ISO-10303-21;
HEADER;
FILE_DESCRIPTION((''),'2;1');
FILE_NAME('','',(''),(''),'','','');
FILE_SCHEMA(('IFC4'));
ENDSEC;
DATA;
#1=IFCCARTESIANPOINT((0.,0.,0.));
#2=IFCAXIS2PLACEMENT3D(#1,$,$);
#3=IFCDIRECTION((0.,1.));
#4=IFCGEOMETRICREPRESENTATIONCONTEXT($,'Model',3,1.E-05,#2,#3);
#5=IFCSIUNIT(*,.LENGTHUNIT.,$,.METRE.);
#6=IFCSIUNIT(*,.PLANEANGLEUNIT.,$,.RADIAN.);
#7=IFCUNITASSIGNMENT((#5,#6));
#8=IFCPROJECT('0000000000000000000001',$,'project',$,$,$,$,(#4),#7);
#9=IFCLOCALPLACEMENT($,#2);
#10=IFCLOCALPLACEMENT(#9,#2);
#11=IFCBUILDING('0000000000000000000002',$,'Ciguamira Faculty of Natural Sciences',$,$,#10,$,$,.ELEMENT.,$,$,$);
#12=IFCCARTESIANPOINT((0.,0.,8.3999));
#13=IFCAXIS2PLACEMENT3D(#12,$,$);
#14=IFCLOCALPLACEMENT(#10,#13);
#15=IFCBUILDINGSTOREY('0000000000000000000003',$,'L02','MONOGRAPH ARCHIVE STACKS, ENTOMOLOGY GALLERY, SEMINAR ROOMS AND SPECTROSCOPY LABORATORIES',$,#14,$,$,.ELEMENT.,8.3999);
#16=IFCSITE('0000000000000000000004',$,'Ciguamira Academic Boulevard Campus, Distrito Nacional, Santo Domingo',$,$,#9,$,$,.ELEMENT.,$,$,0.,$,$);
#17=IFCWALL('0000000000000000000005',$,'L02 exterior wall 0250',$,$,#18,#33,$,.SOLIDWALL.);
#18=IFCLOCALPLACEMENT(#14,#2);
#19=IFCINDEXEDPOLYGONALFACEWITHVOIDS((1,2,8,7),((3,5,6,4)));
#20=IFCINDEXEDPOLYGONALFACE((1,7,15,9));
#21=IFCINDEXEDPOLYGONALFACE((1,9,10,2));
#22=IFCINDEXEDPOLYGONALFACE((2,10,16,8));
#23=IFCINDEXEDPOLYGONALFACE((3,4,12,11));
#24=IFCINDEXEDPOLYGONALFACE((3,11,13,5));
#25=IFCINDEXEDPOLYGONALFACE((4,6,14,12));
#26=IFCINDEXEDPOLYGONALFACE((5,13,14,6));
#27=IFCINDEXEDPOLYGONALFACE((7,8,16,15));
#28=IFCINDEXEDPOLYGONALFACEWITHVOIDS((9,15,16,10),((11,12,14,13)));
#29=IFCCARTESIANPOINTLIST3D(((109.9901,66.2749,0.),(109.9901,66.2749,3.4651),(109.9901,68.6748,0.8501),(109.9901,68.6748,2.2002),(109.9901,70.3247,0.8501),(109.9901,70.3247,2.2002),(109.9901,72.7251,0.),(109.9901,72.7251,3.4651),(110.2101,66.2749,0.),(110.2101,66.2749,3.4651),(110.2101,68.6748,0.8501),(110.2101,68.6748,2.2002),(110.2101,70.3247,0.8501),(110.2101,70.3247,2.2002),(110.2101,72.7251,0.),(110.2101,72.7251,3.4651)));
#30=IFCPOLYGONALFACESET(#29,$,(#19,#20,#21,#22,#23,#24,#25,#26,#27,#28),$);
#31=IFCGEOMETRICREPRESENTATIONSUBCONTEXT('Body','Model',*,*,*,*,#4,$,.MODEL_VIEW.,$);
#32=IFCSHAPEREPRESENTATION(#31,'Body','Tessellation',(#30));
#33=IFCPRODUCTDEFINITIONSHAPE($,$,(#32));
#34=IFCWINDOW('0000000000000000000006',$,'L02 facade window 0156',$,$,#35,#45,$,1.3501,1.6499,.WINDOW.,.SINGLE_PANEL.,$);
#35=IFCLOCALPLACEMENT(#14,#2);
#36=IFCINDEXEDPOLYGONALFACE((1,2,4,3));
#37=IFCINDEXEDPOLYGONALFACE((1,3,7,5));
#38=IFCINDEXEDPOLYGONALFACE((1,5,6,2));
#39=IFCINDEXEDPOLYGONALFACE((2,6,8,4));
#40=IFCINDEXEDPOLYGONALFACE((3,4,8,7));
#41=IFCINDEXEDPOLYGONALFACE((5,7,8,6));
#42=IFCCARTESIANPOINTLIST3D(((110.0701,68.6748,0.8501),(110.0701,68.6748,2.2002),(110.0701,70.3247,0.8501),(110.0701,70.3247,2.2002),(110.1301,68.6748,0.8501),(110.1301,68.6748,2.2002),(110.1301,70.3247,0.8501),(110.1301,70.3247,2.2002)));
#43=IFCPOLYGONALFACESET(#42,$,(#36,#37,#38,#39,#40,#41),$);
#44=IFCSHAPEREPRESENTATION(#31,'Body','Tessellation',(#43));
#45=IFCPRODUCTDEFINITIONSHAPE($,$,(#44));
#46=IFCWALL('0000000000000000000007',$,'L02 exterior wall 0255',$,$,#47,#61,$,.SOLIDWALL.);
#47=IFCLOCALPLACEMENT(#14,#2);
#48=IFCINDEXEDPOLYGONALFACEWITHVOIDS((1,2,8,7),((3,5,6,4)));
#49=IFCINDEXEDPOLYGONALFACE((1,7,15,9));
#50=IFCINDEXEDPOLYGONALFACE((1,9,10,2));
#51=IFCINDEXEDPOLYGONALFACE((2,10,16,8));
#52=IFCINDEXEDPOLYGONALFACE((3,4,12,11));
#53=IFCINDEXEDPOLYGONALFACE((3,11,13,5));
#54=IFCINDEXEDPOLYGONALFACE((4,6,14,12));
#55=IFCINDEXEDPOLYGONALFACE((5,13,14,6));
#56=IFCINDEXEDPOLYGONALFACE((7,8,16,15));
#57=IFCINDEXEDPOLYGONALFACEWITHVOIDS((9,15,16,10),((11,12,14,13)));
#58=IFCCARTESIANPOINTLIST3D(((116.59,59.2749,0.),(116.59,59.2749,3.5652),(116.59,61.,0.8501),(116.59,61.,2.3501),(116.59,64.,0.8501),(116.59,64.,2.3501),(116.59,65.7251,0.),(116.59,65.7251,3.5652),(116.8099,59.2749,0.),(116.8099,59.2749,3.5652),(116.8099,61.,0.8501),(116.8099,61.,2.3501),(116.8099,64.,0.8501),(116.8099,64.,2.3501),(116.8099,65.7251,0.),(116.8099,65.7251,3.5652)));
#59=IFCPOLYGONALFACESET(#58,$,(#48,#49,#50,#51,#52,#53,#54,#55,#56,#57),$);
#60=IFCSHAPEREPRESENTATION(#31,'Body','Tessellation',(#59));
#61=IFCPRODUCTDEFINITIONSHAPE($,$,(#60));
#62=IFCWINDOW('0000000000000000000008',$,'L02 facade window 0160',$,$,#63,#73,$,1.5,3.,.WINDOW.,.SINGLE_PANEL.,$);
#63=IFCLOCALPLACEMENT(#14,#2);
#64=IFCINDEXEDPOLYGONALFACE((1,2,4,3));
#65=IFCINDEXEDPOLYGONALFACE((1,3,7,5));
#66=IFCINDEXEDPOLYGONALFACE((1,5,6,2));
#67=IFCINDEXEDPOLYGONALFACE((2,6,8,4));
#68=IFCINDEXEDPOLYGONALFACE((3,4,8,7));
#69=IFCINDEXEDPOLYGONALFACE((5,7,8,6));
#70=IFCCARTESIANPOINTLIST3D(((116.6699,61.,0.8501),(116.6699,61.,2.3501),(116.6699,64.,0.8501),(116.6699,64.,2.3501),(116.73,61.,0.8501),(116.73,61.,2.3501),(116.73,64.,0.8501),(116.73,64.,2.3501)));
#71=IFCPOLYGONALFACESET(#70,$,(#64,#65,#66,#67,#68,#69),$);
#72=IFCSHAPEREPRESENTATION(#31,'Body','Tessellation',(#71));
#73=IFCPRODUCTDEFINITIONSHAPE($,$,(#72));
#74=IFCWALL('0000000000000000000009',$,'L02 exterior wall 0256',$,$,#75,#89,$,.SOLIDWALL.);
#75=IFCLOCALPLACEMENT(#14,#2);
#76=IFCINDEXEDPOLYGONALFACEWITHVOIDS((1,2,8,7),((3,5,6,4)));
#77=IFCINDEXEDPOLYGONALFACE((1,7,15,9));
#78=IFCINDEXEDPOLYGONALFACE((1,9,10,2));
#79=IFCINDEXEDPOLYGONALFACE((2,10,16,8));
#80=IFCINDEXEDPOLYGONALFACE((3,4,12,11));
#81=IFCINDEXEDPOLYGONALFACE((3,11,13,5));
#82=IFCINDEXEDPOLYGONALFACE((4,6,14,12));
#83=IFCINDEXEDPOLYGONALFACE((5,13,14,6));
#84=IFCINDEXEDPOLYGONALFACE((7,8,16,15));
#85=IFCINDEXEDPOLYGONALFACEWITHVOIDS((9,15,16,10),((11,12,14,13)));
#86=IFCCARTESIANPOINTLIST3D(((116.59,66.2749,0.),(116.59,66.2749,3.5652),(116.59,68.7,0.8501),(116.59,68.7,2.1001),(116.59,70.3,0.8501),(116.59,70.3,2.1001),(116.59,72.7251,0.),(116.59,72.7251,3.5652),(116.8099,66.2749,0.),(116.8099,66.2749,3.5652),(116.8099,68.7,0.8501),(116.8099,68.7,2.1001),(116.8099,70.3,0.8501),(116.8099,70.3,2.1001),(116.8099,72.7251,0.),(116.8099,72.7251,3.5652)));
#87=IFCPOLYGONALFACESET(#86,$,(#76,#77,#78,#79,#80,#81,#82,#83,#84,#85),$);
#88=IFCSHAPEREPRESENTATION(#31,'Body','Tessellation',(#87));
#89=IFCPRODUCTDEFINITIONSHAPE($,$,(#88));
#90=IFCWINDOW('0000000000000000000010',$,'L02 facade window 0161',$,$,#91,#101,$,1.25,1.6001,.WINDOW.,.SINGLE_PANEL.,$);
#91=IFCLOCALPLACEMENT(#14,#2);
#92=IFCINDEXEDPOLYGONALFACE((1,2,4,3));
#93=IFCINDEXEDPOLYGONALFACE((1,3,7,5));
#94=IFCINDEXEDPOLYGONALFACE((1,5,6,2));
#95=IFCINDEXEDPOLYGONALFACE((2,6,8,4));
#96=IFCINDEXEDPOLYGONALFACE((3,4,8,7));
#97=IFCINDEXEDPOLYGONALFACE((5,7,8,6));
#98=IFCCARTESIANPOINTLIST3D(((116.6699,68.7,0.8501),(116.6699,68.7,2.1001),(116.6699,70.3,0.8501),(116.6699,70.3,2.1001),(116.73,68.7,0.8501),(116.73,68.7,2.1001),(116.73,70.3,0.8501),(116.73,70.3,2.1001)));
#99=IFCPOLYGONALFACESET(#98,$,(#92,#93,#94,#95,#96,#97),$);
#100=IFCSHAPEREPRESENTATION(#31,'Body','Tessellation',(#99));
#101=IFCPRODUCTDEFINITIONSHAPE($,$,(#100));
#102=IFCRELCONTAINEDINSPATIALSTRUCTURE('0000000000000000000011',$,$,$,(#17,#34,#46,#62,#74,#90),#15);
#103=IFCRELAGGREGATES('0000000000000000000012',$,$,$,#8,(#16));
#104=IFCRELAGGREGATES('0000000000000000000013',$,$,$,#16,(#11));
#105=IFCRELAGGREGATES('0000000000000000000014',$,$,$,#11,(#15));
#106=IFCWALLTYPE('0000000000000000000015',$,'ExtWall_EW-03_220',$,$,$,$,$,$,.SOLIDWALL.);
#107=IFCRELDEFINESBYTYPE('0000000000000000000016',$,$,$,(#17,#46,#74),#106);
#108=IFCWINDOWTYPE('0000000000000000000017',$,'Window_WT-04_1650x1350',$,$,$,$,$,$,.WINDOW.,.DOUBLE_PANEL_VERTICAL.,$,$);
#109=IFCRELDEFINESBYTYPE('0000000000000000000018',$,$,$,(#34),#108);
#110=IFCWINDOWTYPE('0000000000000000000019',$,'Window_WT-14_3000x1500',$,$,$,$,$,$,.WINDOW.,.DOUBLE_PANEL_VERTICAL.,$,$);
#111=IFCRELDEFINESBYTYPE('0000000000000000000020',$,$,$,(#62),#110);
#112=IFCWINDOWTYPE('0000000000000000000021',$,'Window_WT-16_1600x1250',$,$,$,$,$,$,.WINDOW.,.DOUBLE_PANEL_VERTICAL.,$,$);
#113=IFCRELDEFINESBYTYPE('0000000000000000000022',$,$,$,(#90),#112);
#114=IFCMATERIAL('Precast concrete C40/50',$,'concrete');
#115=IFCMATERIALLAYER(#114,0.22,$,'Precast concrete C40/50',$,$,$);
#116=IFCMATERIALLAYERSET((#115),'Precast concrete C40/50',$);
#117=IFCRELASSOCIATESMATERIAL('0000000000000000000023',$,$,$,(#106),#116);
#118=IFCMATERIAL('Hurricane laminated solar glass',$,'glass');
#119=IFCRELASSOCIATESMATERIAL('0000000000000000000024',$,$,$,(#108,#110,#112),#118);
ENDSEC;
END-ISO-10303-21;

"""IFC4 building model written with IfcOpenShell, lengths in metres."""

from ifc_helpers import new_model, si_unit, direction, frame, frame_2d, origin, place, context, subcontext, project, spatial, rectangle, extrude, material, layer, layer_set, type_object, element, fill, save


model = new_model("IFC4")

# Units and contexts
model_context = context("Model", 3, precision=1e-05, world=origin(), true_north=direction((0.0, 1.0)))
body_context = subcontext(model_context, "Body", "Model", "MODEL_VIEW")
ifc_project = project(units=[si_unit("LENGTHUNIT", "METRE"), si_unit("PLANEANGLEUNIT", "RADIAN")], contexts=[model_context])

# Site, building, storey
site_placement = place(None, origin())
site = spatial("IfcSite", under=ifc_project, at=site_placement, Name="Ciguamira Academic Boulevard Campus, Distrito Nacional, Santo Domingo", CompositionType="ELEMENT", RefElevation=0.0)
building_placement = place(site_placement, origin())
building = spatial("IfcBuilding", under=site, at=building_placement, Name="Ciguamira Faculty of Natural Sciences", CompositionType="ELEMENT")
storey_placement = place(building_placement, frame((0.0, 0.0, 8.3999)))
storey = spatial("IfcBuildingStorey", under=building, at=storey_placement, Name="L02", Description="MONOGRAPH ARCHIVE STACKS, ENTOMOLOGY GALLERY, SEMINAR ROOMS AND SPECTROSCOPY LABORATORIES", CompositionType="ELEMENT", Elevation=8.3999)

# Shared definitions
ifc_material_1 = material(Name="Precast concrete C40/50", Category="concrete")

# Walls, openings, windows
ifc_layer = layer(ifc_material_1, 0.22, Name="Precast concrete C40/50")
ifc_layer_set = layer_set([ifc_layer], Name="Precast concrete C40/50")
wall_type = type_object("IfcWallType", Name="ExtWall_EW-03_220", PredefinedType="SOLIDWALL", material=ifc_layer_set)
ifc_material_2 = material(Name="Hurricane laminated solar glass", Category="glass")
wall_1_placement = place(storey_placement, frame((110.1001, 66.2749, 0.0), z_axis=(0.0, 0.0, 1.0), x_axis=(0.0, 1.0, 0.0)))
wall_1 = element("IfcWall", 1, at=wall_1_placement, inside=storey, type_object=wall_type, Name="L02 exterior wall 0250", PredefinedType="SOLIDWALL", context=body_context, shape_type="SweptSolid", body=[
    extrude(rectangle(XDim=6.4502, YDim=0.22, at=frame_2d((3.2251, 0.0))), origin(), (0.0, 0.0, 1.0), 3.4651),
])
opening_1_placement = place(wall_1_placement, frame((2.3999, 0.0, 0.8501)))
opening_1 = element("IfcOpeningElement", 2, at=opening_1_placement, cuts=wall_1, PredefinedType="OPENING", context=body_context, shape_type="SweptSolid", body=[
    extrude(rectangle(XDim=1.6499, YDim=1.3501, at=frame_2d((0.825, 0.675))), frame((0.0, 0.1199, 0.0), z_axis=(0.0, -1.0, 0.0), x_axis=(1.0, 0.0, 0.0)), (0.0, 0.0, 1.0), 0.24),
])
window_type_1 = type_object("IfcWindowType", Name="Window_WT-04_1650x1350", PartitioningType="DOUBLE_PANEL_VERTICAL", PredefinedType="WINDOW", material=ifc_material_2)
window_1_placement = place(opening_1_placement, origin())
window_1 = element("IfcWindow", 3, at=window_1_placement, inside=storey, type_object=window_type_1, Name="L02 facade window 0156", OverallHeight=1.3501, OverallWidth=1.6499, PartitioningType="SINGLE_PANEL", PredefinedType="WINDOW", context=body_context, shape_type="SweptSolid", body=[
    extrude(rectangle(XDim=1.6499, YDim=1.3501, at=frame_2d((0.825, 0.675))), frame((0.0, 0.03, 0.0), z_axis=(0.0, -1.0, 0.0), x_axis=(1.0, 0.0, 0.0)), (0.0, 0.0, 1.0), 0.0601),
])
fill(opening_1, window_1)
wall_2_placement = place(storey_placement, frame((116.7, 59.2749, 0.0), z_axis=(0.0, 0.0, 1.0), x_axis=(0.0, 1.0, 0.0)))
wall_2 = element("IfcWall", 4, at=wall_2_placement, inside=storey, type_object=wall_type, Name="L02 exterior wall 0255", PredefinedType="SOLIDWALL", context=body_context, shape_type="SweptSolid", body=[
    extrude(rectangle(XDim=6.4502, YDim=0.22, at=frame_2d((3.2251, 0.0))), origin(), (0.0, 0.0, 1.0), 3.5652),
])
opening_2_placement = place(wall_2_placement, frame((1.7251, 0.0, 0.8501)))
opening_2 = element("IfcOpeningElement", 5, at=opening_2_placement, cuts=wall_2, PredefinedType="OPENING", context=body_context, shape_type="SweptSolid", body=[
    extrude(rectangle(XDim=3.0, YDim=1.5, at=frame_2d((1.5, 0.75))), frame((0.0, 0.1199, 0.0), z_axis=(0.0, -1.0, 0.0), x_axis=(1.0, 0.0, 0.0)), (0.0, 0.0, 1.0), 0.24),
])
window_type_2 = type_object("IfcWindowType", Name="Window_WT-14_3000x1500", PartitioningType="DOUBLE_PANEL_VERTICAL", PredefinedType="WINDOW", material=ifc_material_2)
window_2_placement = place(opening_2_placement, origin())
window_2 = element("IfcWindow", 6, at=window_2_placement, inside=storey, type_object=window_type_2, Name="L02 facade window 0160", OverallHeight=1.5, OverallWidth=3.0, PartitioningType="SINGLE_PANEL", PredefinedType="WINDOW", context=body_context, shape_type="SweptSolid", body=[
    extrude(rectangle(XDim=3.0, YDim=1.5, at=frame_2d((1.5, 0.75))), frame((0.0, 0.03, 0.0), z_axis=(0.0, -1.0, 0.0), x_axis=(1.0, 0.0, 0.0)), (0.0, 0.0, 1.0), 0.0601),
])
fill(opening_2, window_2)
wall_3_placement = place(storey_placement, frame((116.7, 66.2749, 0.0), z_axis=(0.0, 0.0, 1.0), x_axis=(0.0, 1.0, 0.0)))
wall_3 = element("IfcWall", 7, at=wall_3_placement, inside=storey, type_object=wall_type, Name="L02 exterior wall 0256", PredefinedType="SOLIDWALL", context=body_context, shape_type="SweptSolid", body=[
    extrude(rectangle(XDim=6.4502, YDim=0.22, at=frame_2d((3.2251, 0.0))), origin(), (0.0, 0.0, 1.0), 3.5652),
])
opening_3_placement = place(wall_3_placement, frame((2.425, 0.0, 0.8501)))
opening_3 = element("IfcOpeningElement", 8, at=opening_3_placement, cuts=wall_3, PredefinedType="OPENING", context=body_context, shape_type="SweptSolid", body=[
    extrude(rectangle(XDim=1.6001, YDim=1.25, at=frame_2d((0.8, 0.625))), frame((0.0, 0.1199, 0.0), z_axis=(0.0, -1.0, 0.0), x_axis=(1.0, 0.0, 0.0)), (0.0, 0.0, 1.0), 0.24),
])
window_type_3 = type_object("IfcWindowType", Name="Window_WT-16_1600x1250", PartitioningType="DOUBLE_PANEL_VERTICAL", PredefinedType="WINDOW", material=ifc_material_2)
window_3_placement = place(opening_3_placement, origin())
window_3 = element("IfcWindow", 9, at=window_3_placement, inside=storey, type_object=window_type_3, Name="L02 facade window 0161", OverallHeight=1.25, OverallWidth=1.6001, PartitioningType="SINGLE_PANEL", PredefinedType="WINDOW", context=body_context, shape_type="SweptSolid", body=[
    extrude(rectangle(XDim=1.6001, YDim=1.25, at=frame_2d((0.8, 0.625))), frame((0.0, 0.03, 0.0), z_axis=(0.0, -1.0, 0.0), x_axis=(1.0, 0.0, 0.0)), (0.0, 0.0, 1.0), 0.0601),
])
fill(opening_3, window_3)

save(model, "model.ifc")
